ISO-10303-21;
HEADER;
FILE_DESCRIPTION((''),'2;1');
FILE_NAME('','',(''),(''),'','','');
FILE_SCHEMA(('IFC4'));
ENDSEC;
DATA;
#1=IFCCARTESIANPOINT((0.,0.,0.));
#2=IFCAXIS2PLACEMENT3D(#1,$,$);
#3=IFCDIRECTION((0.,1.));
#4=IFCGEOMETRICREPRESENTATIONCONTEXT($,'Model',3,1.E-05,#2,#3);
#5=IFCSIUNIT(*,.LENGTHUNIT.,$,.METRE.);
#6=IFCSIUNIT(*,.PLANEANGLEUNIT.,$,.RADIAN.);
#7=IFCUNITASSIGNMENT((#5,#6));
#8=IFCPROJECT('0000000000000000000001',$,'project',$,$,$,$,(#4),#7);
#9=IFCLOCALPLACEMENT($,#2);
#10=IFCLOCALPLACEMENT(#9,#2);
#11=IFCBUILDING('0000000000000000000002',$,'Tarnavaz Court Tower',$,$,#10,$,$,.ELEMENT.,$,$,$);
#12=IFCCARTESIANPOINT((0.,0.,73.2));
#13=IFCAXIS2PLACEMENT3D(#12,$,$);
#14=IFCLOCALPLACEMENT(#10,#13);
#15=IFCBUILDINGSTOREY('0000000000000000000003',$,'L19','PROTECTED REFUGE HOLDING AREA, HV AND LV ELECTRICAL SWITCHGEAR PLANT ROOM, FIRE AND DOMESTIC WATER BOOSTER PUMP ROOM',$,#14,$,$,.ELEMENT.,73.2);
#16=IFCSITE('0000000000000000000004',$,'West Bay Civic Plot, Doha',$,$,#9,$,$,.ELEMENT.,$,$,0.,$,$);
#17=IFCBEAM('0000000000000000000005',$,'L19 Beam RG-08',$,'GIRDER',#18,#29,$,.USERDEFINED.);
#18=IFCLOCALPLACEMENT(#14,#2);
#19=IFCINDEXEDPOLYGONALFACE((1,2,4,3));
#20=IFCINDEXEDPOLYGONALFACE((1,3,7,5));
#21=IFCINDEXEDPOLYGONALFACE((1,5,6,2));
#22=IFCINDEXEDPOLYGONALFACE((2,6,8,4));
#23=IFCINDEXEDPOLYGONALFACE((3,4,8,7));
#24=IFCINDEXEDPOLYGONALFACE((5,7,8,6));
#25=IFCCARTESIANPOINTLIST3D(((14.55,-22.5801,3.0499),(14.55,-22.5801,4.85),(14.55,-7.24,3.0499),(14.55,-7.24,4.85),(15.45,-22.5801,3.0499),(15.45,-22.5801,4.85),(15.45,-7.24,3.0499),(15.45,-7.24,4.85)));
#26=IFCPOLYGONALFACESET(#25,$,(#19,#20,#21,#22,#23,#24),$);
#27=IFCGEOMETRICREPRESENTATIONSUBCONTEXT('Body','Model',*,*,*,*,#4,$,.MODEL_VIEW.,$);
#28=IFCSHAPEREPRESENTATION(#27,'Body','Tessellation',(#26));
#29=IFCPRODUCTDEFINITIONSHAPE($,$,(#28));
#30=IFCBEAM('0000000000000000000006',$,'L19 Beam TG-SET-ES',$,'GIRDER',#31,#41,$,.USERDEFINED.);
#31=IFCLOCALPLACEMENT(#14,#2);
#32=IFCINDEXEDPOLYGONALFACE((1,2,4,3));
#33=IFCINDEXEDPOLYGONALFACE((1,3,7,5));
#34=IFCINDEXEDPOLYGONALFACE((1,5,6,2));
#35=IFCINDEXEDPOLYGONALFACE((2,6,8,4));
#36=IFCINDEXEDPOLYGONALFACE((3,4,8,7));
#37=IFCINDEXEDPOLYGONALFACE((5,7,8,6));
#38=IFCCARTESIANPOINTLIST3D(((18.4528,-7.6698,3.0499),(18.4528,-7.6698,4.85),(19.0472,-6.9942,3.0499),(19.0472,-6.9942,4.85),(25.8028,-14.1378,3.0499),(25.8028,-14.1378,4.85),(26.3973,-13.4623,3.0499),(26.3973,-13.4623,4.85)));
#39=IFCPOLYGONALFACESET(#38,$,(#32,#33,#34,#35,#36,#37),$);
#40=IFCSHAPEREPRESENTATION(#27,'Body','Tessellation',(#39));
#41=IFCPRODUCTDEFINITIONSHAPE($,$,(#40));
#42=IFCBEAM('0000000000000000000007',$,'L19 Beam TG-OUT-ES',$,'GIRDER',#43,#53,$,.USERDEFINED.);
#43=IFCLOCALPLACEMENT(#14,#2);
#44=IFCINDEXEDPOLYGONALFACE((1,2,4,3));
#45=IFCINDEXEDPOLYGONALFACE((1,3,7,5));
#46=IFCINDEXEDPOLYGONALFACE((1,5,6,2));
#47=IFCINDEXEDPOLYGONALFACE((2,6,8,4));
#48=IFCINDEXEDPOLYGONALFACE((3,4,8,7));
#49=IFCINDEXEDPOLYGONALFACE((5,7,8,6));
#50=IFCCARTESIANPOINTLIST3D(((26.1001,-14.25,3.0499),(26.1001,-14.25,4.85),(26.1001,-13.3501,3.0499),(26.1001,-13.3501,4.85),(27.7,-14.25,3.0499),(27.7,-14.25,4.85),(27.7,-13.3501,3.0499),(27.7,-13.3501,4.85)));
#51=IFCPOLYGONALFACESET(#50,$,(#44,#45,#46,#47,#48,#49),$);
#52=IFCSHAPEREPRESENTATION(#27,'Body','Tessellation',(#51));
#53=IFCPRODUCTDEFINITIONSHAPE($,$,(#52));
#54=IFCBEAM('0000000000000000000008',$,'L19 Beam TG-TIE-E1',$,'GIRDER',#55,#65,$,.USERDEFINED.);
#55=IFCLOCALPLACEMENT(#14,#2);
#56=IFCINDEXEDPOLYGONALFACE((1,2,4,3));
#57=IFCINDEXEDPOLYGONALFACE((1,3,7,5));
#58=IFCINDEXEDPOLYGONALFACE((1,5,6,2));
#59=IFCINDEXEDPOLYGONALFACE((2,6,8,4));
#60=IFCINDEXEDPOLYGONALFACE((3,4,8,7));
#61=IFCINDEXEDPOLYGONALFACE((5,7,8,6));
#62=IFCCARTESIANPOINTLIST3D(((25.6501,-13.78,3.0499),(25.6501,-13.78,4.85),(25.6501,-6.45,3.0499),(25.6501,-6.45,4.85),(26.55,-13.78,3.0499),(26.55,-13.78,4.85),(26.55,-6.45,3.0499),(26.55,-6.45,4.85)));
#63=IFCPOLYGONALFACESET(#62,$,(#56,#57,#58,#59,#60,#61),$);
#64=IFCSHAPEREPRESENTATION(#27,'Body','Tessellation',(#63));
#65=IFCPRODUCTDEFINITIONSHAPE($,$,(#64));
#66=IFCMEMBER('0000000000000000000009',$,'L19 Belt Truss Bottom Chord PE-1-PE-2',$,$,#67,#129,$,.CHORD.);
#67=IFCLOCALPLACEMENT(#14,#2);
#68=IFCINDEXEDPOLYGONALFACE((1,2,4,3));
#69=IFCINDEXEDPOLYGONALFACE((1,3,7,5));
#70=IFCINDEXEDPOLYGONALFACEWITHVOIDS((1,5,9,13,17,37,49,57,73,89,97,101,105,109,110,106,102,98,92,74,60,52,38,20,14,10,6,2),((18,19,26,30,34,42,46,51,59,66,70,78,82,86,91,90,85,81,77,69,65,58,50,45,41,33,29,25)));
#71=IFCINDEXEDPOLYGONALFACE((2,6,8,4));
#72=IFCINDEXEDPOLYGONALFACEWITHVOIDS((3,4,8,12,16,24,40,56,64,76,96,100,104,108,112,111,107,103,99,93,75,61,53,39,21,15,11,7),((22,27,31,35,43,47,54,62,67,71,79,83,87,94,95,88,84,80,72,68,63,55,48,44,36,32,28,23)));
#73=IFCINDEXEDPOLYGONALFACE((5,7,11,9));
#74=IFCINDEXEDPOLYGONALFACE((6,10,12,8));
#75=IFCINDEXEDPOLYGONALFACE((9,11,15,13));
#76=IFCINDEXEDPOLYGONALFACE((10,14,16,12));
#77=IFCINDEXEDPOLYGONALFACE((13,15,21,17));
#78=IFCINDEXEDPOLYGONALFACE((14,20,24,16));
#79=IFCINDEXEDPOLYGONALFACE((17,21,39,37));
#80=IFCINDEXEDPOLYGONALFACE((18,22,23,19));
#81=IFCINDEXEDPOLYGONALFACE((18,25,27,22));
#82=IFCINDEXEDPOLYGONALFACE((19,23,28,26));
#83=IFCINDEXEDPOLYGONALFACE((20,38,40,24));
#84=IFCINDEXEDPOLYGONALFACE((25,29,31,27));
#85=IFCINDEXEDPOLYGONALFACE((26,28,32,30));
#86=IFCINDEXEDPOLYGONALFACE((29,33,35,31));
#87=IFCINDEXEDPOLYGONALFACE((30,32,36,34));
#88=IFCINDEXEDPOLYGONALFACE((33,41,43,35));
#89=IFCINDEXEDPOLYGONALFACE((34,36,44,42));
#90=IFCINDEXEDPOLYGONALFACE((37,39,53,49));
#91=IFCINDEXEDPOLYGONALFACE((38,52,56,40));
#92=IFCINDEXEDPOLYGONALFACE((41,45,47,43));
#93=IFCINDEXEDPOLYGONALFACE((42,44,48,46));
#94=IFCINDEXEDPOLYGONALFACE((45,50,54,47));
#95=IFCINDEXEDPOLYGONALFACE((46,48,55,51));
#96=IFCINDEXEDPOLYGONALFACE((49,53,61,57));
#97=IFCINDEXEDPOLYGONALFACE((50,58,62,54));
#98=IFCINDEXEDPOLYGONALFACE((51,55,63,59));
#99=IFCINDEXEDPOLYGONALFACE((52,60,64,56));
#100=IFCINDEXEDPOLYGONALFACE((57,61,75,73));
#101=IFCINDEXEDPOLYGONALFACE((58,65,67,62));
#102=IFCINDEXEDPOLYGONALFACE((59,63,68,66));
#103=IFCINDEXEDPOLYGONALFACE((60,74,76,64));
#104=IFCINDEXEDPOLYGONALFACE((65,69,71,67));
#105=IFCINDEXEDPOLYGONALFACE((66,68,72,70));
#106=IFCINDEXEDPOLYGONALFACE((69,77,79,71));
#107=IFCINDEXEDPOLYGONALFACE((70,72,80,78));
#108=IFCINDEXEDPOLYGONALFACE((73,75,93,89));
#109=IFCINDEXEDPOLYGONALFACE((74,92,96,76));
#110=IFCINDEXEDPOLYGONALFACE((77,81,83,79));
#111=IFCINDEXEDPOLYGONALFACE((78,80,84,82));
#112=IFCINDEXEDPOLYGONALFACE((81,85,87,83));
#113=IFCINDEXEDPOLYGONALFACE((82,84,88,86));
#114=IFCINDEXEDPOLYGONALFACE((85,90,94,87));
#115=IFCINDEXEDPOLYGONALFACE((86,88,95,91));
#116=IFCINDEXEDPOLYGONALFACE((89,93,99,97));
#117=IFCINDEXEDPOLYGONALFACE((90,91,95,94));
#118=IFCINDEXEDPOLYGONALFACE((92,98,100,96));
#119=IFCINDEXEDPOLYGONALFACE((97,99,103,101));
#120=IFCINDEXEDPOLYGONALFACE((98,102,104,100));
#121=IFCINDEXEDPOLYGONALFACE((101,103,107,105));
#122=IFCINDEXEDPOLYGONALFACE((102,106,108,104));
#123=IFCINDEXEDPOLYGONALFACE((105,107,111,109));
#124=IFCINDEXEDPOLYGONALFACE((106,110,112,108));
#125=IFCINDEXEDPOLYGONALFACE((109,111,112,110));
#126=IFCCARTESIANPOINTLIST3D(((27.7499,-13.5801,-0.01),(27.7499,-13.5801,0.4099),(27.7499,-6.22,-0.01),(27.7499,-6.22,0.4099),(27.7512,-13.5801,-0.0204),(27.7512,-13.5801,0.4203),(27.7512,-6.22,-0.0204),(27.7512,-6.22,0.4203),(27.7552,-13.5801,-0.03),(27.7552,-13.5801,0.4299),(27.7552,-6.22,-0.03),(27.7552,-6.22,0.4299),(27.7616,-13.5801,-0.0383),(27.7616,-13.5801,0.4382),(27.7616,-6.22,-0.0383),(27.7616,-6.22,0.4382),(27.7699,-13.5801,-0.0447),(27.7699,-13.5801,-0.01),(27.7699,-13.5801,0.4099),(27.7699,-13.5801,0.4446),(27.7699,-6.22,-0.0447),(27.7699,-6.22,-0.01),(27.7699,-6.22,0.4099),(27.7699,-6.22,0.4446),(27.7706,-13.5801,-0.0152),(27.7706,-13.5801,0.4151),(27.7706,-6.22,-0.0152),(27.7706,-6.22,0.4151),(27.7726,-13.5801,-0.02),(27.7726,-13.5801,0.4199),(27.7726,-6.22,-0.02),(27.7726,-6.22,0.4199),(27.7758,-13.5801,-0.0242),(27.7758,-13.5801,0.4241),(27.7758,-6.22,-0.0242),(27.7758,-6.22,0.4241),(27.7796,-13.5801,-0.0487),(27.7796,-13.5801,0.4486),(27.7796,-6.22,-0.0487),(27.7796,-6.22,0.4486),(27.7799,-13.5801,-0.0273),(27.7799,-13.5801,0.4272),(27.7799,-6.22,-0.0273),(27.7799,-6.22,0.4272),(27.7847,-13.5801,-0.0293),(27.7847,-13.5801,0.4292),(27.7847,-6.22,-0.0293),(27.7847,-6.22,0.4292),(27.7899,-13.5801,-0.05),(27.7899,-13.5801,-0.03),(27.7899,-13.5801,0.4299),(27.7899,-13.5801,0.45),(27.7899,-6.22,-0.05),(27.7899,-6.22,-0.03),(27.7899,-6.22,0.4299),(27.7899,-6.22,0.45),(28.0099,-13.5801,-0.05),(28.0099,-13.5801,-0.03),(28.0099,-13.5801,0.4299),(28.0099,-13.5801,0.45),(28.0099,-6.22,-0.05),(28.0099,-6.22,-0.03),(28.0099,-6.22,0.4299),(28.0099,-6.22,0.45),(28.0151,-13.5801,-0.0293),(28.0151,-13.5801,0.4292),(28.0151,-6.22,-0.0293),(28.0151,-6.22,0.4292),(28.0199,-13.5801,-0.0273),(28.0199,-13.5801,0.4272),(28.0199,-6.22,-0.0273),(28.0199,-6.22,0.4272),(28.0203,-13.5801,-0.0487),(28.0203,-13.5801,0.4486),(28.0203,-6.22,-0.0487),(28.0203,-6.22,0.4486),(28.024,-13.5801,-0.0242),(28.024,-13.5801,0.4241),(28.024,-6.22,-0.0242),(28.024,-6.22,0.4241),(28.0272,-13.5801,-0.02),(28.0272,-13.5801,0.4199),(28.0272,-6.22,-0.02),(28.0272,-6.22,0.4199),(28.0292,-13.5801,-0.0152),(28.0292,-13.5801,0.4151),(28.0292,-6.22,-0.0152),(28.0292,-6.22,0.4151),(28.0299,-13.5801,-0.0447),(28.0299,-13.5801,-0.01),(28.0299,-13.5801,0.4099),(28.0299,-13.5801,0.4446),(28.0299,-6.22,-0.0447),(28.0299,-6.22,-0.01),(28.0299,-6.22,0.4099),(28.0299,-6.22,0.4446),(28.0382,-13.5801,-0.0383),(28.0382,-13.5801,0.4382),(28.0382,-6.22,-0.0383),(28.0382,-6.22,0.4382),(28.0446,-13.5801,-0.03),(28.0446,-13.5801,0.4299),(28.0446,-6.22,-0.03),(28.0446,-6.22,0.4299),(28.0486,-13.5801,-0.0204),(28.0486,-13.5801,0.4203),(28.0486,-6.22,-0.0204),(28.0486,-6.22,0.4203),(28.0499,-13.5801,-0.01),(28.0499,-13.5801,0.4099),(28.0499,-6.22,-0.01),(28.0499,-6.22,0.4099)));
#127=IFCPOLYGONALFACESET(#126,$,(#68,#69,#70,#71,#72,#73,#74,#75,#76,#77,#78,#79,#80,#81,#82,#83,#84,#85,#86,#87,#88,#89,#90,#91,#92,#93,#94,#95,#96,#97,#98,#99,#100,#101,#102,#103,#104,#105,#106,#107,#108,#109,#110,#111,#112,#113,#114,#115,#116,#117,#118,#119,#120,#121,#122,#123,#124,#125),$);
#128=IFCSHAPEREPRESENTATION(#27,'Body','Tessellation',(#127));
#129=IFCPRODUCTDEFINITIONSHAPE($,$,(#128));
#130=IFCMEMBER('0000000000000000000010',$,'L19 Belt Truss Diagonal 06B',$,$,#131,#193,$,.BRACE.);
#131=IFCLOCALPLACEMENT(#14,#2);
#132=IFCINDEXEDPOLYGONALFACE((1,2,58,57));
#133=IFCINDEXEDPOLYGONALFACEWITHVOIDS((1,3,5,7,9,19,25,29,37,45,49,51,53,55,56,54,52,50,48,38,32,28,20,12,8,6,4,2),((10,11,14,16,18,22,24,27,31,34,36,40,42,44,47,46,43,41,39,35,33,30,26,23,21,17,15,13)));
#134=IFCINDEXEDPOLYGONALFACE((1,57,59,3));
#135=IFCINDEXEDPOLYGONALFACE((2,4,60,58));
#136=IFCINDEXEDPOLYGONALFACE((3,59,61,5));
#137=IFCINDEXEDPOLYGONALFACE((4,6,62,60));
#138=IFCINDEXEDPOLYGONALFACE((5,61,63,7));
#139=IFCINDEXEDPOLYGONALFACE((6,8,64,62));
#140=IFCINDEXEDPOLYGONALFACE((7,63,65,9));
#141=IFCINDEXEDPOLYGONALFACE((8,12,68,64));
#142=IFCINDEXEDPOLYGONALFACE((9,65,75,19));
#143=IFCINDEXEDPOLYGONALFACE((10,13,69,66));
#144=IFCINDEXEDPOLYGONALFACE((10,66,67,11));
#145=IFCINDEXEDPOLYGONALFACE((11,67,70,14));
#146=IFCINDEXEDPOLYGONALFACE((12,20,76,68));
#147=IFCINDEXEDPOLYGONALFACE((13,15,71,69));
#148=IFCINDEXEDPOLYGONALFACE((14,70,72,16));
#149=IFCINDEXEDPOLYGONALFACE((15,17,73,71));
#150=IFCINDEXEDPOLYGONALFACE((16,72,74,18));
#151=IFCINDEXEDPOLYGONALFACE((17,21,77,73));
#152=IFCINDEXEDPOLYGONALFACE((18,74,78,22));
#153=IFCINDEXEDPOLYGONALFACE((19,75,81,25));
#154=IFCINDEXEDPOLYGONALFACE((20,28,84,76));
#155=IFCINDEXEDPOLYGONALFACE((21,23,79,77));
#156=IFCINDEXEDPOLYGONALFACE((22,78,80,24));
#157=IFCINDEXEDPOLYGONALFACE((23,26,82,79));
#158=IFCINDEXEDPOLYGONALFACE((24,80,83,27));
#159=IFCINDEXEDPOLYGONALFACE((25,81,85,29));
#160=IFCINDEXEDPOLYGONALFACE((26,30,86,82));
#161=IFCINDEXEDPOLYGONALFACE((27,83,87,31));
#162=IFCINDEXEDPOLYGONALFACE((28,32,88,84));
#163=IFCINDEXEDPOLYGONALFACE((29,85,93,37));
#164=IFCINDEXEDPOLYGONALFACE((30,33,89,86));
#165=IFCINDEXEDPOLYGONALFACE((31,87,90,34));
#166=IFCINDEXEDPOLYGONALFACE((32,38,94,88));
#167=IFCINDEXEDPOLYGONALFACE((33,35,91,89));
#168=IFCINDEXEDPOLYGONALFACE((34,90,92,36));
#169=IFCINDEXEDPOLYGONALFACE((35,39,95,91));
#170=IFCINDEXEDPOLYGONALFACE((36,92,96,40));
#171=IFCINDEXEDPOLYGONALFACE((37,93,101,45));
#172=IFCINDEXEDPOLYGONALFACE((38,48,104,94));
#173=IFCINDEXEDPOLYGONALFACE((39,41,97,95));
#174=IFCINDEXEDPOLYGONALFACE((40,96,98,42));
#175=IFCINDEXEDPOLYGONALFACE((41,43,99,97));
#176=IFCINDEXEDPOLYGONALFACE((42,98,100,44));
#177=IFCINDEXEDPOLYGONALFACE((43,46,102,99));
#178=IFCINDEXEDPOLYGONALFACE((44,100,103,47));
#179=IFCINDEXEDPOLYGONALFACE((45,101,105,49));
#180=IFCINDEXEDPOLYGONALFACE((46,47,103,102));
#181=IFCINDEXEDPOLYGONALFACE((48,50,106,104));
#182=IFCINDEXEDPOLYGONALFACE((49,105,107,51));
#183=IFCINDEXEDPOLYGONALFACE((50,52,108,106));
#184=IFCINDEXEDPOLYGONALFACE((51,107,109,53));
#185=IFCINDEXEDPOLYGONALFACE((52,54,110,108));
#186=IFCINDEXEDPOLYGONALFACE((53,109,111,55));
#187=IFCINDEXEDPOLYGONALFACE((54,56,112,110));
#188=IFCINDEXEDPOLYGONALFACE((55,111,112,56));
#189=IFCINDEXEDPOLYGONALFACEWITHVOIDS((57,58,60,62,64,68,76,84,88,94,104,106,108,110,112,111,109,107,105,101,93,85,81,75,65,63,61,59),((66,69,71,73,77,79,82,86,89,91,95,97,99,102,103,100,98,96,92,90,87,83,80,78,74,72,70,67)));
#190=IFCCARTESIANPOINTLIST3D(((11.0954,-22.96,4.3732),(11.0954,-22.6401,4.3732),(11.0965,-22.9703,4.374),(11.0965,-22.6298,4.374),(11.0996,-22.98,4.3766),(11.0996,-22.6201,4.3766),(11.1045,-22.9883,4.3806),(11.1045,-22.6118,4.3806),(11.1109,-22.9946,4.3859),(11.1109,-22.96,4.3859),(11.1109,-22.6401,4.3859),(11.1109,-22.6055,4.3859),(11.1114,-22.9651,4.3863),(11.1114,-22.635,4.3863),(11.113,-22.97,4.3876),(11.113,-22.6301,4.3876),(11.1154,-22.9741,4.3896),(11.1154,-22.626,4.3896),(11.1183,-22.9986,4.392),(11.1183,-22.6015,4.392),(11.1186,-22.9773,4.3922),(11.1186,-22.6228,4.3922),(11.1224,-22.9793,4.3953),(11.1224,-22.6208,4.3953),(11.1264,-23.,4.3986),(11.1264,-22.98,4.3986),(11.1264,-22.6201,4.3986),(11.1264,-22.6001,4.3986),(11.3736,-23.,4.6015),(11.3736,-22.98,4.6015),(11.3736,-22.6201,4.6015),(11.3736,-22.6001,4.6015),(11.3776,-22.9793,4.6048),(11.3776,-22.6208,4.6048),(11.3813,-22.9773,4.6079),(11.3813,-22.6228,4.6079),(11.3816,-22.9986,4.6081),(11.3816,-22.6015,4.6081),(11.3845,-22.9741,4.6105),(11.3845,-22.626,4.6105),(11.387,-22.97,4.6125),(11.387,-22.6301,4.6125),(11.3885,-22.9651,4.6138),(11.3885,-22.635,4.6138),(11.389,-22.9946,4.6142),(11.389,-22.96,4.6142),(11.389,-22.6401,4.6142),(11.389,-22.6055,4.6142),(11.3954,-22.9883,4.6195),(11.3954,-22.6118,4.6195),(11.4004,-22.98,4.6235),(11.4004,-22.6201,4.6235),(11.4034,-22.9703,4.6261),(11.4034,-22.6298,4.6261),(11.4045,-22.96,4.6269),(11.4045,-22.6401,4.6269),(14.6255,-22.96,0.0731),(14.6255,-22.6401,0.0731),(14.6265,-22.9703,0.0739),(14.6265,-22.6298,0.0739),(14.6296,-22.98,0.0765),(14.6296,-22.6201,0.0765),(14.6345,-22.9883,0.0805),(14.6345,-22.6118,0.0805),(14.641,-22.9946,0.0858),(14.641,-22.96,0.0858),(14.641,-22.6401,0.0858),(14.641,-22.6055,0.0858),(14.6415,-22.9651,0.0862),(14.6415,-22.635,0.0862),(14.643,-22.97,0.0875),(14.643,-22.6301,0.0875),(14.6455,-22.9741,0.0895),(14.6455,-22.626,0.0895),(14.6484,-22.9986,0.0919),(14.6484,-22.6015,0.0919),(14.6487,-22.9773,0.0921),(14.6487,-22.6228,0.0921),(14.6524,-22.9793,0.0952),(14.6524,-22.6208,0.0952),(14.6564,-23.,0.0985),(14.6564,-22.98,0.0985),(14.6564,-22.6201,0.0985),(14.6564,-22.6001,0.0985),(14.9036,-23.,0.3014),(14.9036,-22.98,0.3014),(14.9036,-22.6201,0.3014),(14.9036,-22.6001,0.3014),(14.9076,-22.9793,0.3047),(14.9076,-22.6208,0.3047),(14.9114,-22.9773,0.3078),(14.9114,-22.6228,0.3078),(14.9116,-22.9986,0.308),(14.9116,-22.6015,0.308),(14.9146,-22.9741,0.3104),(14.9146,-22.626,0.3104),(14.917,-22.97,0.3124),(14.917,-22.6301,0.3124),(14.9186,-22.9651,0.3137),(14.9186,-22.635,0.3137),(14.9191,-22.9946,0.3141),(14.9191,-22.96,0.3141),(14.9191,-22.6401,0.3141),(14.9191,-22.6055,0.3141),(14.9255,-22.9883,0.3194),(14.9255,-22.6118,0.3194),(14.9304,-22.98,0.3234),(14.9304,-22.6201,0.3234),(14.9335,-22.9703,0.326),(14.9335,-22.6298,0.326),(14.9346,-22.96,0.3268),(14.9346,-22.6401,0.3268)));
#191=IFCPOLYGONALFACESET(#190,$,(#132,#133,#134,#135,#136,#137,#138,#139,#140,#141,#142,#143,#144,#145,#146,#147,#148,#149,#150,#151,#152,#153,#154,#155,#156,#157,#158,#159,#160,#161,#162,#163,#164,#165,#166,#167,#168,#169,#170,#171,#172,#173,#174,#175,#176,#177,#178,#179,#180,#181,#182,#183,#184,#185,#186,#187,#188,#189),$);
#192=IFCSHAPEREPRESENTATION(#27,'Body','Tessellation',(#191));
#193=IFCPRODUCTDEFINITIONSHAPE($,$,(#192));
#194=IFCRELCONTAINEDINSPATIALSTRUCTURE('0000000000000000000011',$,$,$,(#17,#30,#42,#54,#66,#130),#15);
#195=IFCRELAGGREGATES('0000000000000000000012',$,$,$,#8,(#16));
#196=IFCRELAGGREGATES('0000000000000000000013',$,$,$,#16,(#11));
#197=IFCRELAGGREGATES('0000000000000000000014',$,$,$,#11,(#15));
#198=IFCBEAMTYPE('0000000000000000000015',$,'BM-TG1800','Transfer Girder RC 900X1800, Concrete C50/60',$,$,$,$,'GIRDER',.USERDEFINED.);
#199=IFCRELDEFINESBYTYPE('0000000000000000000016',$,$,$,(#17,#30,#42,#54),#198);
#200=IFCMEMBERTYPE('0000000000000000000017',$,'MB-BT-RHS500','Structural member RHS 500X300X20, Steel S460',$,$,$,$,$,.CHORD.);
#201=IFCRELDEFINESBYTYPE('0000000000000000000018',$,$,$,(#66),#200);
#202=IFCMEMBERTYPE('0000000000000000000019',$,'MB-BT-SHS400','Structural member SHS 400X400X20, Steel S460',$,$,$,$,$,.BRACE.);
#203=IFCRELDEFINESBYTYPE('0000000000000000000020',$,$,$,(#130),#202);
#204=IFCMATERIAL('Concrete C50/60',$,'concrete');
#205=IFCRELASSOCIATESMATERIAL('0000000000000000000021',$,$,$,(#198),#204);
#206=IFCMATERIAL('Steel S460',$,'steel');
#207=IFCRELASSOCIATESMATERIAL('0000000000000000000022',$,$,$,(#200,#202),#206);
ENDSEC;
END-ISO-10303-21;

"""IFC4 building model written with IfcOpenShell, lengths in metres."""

from ifc_helpers import new_model, si_unit, direction, frame, origin, origin_2d, place, context, subcontext, project, spatial, rectangle, hollow_rectangle, extrude, material, material_profile, profile_set, type_object, element, save


model = new_model("IFC4")

# Units and contexts
model_context = context("Model", 3, precision=1e-05, world=origin(), true_north=direction((0.0, 1.0)))
body_context = subcontext(model_context, "Body", "Model", "MODEL_VIEW")
ifc_project = project(units=[si_unit("LENGTHUNIT", "METRE"), si_unit("PLANEANGLEUNIT", "RADIAN")], contexts=[model_context])

# Site, building, storey
site_placement = place(None, origin())
site = spatial("IfcSite", under=ifc_project, at=site_placement, Name="West Bay Civic Plot, Doha", CompositionType="ELEMENT", RefElevation=0.0)
building_placement = place(site_placement, origin())
building = spatial("IfcBuilding", under=site, at=building_placement, Name="Tarnavaz Court Tower", CompositionType="ELEMENT")
storey_placement = place(building_placement, frame((0.0, 0.0, 73.2)))
storey = spatial("IfcBuildingStorey", under=building, at=storey_placement, Name="L19", Description="PROTECTED REFUGE HOLDING AREA, HV AND LV ELECTRICAL SWITCHGEAR PLANT ROOM, FIRE AND DOMESTIC WATER BOOSTER PUMP ROOM", CompositionType="ELEMENT", Elevation=73.2)

# Shared definitions
ifc_material_1 = material(Name="Steel S460", Category="steel")

# Beams
ifc_material_2 = material(Name="Concrete C50/60", Category="concrete")
ifc_material_profile_1 = material_profile(ifc_material_2, rectangle(XDim=0.8999, YDim=1.8, at=origin_2d()), Name="RC 900X1800")
ifc_profile_set_1 = profile_set([ifc_material_profile_1], Name="Concrete C50/60")
beam_type_1 = type_object("IfcBeamType", Name="BM-TG1800", Description="Transfer Girder RC 900X1800, Concrete C50/60", ElementType="GIRDER", PredefinedType="USERDEFINED", material=ifc_profile_set_1)
beam_1_placement = place(storey_placement, frame((15.0, -7.24, 3.95), z_axis=(0.0, -1.0, 0.0), x_axis=(1.0, 0.0, 0.0)))
element("IfcBeam", 1, at=beam_1_placement, inside=storey, type_object=beam_type_1, Name="L19 Beam RG-08", ObjectType="GIRDER", PredefinedType="USERDEFINED", context=body_context, shape_type="SweptSolid", body=[
    extrude(rectangle(XDim=0.8999, YDim=1.8, at=origin_2d()), origin(), (0.0, 0.0, 1.0), 15.3401),
])
beam_2_placement = place(storey_placement, frame((18.75, -7.332, 3.95), z_axis=(0.750717, -0.660624, 0.0), x_axis=(0.660624, 0.750717, 0.0)))
element("IfcBeam", 2, at=beam_2_placement, inside=storey, type_object=beam_type_1, Name="L19 Beam TG-SET-ES", ObjectType="GIRDER", PredefinedType="USERDEFINED", context=body_context, shape_type="SweptSolid", body=[
    extrude(rectangle(XDim=0.8999, YDim=1.8, at=origin_2d()), origin(), (0.0, 0.0, 1.0), 9.7908),
])
beam_3_placement = place(storey_placement, frame((26.1001, -13.8, 3.95), z_axis=(1.0, 0.0, 0.0), x_axis=(0.0, 1.0, 0.0)))
element("IfcBeam", 3, at=beam_3_placement, inside=storey, type_object=beam_type_1, Name="L19 Beam TG-OUT-ES", ObjectType="GIRDER", PredefinedType="USERDEFINED", context=body_context, shape_type="SweptSolid", body=[
    extrude(rectangle(XDim=0.8999, YDim=1.8, at=origin_2d()), origin(), (0.0, 0.0, 1.0), 1.5999),
])
beam_4_placement = place(storey_placement, frame((26.1001, -13.78, 3.95), z_axis=(0.0, 1.0, 0.0), x_axis=(-1.0, 0.0, 0.0)))
element("IfcBeam", 4, at=beam_4_placement, inside=storey, type_object=beam_type_1, Name="L19 Beam TG-TIE-E1", ObjectType="GIRDER", PredefinedType="USERDEFINED", context=body_context, shape_type="SweptSolid", body=[
    extrude(rectangle(XDim=0.8999, YDim=1.8, at=origin_2d()), origin(), (0.0, 0.0, 1.0), 7.3301),
])

# Members
ifc_material_profile_2 = material_profile(ifc_material_1, hollow_rectangle(XDim=0.3, YDim=0.5, WallThickness=0.02, InnerFilletRadius=0.02, OuterFilletRadius=0.04, at=origin_2d()), Name="RHS 500X300X20")
ifc_profile_set_2 = profile_set([ifc_material_profile_2], Name="Steel S460")
member_type_1 = type_object("IfcMemberType", Name="MB-BT-RHS500", Description="Structural member RHS 500X300X20, Steel S460", PredefinedType="CHORD", material=ifc_profile_set_2)
member_1_placement = place(storey_placement, frame((27.8999, -13.5801, 0.2), z_axis=(0.0, 1.0, 0.0), x_axis=(-1.0, 0.0, 0.0)))
element("IfcMember", 5, at=member_1_placement, inside=storey, type_object=member_type_1, Name="L19 Belt Truss Bottom Chord PE-1-PE-2", PredefinedType="CHORD", context=body_context, shape_type="SweptSolid", body=[
    extrude(hollow_rectangle(XDim=0.3, YDim=0.5, WallThickness=0.02, InnerFilletRadius=0.02, OuterFilletRadius=0.04, at=origin_2d()), origin(), (0.0, 0.0, 1.0), 7.3601),
])
ifc_material_profile_3 = material_profile(ifc_material_1, hollow_rectangle(XDim=0.3999, YDim=0.3999, WallThickness=0.02, InnerFilletRadius=0.02, OuterFilletRadius=0.04, at=origin_2d()), Name="SHS 400X400X20")
ifc_profile_set_3 = profile_set([ifc_material_profile_3], Name="Steel S460")
member_type_2 = type_object("IfcMemberType", Name="MB-BT-SHS400", Description="Structural member SHS 400X400X20, Steel S460", PredefinedType="BRACE", material=ifc_profile_set_3)
member_2_placement = place(storey_placement, frame((14.78, -22.8, 0.2), z_axis=(-0.634508, 0.0, 0.772916), x_axis=(0.0, -1.0, 0.0)))
element("IfcMember", 6, at=member_2_placement, inside=storey, type_object=member_type_2, Name="L19 Belt Truss Diagonal 06B", PredefinedType="BRACE", context=body_context, shape_type="SweptSolid", body=[
    extrude(hollow_rectangle(XDim=0.3999, YDim=0.3999, WallThickness=0.02, InnerFilletRadius=0.02, OuterFilletRadius=0.04, at=origin_2d()), origin(), (0.0, 0.0, 1.0), 5.5635),
])

save(model, "model.ifc")
